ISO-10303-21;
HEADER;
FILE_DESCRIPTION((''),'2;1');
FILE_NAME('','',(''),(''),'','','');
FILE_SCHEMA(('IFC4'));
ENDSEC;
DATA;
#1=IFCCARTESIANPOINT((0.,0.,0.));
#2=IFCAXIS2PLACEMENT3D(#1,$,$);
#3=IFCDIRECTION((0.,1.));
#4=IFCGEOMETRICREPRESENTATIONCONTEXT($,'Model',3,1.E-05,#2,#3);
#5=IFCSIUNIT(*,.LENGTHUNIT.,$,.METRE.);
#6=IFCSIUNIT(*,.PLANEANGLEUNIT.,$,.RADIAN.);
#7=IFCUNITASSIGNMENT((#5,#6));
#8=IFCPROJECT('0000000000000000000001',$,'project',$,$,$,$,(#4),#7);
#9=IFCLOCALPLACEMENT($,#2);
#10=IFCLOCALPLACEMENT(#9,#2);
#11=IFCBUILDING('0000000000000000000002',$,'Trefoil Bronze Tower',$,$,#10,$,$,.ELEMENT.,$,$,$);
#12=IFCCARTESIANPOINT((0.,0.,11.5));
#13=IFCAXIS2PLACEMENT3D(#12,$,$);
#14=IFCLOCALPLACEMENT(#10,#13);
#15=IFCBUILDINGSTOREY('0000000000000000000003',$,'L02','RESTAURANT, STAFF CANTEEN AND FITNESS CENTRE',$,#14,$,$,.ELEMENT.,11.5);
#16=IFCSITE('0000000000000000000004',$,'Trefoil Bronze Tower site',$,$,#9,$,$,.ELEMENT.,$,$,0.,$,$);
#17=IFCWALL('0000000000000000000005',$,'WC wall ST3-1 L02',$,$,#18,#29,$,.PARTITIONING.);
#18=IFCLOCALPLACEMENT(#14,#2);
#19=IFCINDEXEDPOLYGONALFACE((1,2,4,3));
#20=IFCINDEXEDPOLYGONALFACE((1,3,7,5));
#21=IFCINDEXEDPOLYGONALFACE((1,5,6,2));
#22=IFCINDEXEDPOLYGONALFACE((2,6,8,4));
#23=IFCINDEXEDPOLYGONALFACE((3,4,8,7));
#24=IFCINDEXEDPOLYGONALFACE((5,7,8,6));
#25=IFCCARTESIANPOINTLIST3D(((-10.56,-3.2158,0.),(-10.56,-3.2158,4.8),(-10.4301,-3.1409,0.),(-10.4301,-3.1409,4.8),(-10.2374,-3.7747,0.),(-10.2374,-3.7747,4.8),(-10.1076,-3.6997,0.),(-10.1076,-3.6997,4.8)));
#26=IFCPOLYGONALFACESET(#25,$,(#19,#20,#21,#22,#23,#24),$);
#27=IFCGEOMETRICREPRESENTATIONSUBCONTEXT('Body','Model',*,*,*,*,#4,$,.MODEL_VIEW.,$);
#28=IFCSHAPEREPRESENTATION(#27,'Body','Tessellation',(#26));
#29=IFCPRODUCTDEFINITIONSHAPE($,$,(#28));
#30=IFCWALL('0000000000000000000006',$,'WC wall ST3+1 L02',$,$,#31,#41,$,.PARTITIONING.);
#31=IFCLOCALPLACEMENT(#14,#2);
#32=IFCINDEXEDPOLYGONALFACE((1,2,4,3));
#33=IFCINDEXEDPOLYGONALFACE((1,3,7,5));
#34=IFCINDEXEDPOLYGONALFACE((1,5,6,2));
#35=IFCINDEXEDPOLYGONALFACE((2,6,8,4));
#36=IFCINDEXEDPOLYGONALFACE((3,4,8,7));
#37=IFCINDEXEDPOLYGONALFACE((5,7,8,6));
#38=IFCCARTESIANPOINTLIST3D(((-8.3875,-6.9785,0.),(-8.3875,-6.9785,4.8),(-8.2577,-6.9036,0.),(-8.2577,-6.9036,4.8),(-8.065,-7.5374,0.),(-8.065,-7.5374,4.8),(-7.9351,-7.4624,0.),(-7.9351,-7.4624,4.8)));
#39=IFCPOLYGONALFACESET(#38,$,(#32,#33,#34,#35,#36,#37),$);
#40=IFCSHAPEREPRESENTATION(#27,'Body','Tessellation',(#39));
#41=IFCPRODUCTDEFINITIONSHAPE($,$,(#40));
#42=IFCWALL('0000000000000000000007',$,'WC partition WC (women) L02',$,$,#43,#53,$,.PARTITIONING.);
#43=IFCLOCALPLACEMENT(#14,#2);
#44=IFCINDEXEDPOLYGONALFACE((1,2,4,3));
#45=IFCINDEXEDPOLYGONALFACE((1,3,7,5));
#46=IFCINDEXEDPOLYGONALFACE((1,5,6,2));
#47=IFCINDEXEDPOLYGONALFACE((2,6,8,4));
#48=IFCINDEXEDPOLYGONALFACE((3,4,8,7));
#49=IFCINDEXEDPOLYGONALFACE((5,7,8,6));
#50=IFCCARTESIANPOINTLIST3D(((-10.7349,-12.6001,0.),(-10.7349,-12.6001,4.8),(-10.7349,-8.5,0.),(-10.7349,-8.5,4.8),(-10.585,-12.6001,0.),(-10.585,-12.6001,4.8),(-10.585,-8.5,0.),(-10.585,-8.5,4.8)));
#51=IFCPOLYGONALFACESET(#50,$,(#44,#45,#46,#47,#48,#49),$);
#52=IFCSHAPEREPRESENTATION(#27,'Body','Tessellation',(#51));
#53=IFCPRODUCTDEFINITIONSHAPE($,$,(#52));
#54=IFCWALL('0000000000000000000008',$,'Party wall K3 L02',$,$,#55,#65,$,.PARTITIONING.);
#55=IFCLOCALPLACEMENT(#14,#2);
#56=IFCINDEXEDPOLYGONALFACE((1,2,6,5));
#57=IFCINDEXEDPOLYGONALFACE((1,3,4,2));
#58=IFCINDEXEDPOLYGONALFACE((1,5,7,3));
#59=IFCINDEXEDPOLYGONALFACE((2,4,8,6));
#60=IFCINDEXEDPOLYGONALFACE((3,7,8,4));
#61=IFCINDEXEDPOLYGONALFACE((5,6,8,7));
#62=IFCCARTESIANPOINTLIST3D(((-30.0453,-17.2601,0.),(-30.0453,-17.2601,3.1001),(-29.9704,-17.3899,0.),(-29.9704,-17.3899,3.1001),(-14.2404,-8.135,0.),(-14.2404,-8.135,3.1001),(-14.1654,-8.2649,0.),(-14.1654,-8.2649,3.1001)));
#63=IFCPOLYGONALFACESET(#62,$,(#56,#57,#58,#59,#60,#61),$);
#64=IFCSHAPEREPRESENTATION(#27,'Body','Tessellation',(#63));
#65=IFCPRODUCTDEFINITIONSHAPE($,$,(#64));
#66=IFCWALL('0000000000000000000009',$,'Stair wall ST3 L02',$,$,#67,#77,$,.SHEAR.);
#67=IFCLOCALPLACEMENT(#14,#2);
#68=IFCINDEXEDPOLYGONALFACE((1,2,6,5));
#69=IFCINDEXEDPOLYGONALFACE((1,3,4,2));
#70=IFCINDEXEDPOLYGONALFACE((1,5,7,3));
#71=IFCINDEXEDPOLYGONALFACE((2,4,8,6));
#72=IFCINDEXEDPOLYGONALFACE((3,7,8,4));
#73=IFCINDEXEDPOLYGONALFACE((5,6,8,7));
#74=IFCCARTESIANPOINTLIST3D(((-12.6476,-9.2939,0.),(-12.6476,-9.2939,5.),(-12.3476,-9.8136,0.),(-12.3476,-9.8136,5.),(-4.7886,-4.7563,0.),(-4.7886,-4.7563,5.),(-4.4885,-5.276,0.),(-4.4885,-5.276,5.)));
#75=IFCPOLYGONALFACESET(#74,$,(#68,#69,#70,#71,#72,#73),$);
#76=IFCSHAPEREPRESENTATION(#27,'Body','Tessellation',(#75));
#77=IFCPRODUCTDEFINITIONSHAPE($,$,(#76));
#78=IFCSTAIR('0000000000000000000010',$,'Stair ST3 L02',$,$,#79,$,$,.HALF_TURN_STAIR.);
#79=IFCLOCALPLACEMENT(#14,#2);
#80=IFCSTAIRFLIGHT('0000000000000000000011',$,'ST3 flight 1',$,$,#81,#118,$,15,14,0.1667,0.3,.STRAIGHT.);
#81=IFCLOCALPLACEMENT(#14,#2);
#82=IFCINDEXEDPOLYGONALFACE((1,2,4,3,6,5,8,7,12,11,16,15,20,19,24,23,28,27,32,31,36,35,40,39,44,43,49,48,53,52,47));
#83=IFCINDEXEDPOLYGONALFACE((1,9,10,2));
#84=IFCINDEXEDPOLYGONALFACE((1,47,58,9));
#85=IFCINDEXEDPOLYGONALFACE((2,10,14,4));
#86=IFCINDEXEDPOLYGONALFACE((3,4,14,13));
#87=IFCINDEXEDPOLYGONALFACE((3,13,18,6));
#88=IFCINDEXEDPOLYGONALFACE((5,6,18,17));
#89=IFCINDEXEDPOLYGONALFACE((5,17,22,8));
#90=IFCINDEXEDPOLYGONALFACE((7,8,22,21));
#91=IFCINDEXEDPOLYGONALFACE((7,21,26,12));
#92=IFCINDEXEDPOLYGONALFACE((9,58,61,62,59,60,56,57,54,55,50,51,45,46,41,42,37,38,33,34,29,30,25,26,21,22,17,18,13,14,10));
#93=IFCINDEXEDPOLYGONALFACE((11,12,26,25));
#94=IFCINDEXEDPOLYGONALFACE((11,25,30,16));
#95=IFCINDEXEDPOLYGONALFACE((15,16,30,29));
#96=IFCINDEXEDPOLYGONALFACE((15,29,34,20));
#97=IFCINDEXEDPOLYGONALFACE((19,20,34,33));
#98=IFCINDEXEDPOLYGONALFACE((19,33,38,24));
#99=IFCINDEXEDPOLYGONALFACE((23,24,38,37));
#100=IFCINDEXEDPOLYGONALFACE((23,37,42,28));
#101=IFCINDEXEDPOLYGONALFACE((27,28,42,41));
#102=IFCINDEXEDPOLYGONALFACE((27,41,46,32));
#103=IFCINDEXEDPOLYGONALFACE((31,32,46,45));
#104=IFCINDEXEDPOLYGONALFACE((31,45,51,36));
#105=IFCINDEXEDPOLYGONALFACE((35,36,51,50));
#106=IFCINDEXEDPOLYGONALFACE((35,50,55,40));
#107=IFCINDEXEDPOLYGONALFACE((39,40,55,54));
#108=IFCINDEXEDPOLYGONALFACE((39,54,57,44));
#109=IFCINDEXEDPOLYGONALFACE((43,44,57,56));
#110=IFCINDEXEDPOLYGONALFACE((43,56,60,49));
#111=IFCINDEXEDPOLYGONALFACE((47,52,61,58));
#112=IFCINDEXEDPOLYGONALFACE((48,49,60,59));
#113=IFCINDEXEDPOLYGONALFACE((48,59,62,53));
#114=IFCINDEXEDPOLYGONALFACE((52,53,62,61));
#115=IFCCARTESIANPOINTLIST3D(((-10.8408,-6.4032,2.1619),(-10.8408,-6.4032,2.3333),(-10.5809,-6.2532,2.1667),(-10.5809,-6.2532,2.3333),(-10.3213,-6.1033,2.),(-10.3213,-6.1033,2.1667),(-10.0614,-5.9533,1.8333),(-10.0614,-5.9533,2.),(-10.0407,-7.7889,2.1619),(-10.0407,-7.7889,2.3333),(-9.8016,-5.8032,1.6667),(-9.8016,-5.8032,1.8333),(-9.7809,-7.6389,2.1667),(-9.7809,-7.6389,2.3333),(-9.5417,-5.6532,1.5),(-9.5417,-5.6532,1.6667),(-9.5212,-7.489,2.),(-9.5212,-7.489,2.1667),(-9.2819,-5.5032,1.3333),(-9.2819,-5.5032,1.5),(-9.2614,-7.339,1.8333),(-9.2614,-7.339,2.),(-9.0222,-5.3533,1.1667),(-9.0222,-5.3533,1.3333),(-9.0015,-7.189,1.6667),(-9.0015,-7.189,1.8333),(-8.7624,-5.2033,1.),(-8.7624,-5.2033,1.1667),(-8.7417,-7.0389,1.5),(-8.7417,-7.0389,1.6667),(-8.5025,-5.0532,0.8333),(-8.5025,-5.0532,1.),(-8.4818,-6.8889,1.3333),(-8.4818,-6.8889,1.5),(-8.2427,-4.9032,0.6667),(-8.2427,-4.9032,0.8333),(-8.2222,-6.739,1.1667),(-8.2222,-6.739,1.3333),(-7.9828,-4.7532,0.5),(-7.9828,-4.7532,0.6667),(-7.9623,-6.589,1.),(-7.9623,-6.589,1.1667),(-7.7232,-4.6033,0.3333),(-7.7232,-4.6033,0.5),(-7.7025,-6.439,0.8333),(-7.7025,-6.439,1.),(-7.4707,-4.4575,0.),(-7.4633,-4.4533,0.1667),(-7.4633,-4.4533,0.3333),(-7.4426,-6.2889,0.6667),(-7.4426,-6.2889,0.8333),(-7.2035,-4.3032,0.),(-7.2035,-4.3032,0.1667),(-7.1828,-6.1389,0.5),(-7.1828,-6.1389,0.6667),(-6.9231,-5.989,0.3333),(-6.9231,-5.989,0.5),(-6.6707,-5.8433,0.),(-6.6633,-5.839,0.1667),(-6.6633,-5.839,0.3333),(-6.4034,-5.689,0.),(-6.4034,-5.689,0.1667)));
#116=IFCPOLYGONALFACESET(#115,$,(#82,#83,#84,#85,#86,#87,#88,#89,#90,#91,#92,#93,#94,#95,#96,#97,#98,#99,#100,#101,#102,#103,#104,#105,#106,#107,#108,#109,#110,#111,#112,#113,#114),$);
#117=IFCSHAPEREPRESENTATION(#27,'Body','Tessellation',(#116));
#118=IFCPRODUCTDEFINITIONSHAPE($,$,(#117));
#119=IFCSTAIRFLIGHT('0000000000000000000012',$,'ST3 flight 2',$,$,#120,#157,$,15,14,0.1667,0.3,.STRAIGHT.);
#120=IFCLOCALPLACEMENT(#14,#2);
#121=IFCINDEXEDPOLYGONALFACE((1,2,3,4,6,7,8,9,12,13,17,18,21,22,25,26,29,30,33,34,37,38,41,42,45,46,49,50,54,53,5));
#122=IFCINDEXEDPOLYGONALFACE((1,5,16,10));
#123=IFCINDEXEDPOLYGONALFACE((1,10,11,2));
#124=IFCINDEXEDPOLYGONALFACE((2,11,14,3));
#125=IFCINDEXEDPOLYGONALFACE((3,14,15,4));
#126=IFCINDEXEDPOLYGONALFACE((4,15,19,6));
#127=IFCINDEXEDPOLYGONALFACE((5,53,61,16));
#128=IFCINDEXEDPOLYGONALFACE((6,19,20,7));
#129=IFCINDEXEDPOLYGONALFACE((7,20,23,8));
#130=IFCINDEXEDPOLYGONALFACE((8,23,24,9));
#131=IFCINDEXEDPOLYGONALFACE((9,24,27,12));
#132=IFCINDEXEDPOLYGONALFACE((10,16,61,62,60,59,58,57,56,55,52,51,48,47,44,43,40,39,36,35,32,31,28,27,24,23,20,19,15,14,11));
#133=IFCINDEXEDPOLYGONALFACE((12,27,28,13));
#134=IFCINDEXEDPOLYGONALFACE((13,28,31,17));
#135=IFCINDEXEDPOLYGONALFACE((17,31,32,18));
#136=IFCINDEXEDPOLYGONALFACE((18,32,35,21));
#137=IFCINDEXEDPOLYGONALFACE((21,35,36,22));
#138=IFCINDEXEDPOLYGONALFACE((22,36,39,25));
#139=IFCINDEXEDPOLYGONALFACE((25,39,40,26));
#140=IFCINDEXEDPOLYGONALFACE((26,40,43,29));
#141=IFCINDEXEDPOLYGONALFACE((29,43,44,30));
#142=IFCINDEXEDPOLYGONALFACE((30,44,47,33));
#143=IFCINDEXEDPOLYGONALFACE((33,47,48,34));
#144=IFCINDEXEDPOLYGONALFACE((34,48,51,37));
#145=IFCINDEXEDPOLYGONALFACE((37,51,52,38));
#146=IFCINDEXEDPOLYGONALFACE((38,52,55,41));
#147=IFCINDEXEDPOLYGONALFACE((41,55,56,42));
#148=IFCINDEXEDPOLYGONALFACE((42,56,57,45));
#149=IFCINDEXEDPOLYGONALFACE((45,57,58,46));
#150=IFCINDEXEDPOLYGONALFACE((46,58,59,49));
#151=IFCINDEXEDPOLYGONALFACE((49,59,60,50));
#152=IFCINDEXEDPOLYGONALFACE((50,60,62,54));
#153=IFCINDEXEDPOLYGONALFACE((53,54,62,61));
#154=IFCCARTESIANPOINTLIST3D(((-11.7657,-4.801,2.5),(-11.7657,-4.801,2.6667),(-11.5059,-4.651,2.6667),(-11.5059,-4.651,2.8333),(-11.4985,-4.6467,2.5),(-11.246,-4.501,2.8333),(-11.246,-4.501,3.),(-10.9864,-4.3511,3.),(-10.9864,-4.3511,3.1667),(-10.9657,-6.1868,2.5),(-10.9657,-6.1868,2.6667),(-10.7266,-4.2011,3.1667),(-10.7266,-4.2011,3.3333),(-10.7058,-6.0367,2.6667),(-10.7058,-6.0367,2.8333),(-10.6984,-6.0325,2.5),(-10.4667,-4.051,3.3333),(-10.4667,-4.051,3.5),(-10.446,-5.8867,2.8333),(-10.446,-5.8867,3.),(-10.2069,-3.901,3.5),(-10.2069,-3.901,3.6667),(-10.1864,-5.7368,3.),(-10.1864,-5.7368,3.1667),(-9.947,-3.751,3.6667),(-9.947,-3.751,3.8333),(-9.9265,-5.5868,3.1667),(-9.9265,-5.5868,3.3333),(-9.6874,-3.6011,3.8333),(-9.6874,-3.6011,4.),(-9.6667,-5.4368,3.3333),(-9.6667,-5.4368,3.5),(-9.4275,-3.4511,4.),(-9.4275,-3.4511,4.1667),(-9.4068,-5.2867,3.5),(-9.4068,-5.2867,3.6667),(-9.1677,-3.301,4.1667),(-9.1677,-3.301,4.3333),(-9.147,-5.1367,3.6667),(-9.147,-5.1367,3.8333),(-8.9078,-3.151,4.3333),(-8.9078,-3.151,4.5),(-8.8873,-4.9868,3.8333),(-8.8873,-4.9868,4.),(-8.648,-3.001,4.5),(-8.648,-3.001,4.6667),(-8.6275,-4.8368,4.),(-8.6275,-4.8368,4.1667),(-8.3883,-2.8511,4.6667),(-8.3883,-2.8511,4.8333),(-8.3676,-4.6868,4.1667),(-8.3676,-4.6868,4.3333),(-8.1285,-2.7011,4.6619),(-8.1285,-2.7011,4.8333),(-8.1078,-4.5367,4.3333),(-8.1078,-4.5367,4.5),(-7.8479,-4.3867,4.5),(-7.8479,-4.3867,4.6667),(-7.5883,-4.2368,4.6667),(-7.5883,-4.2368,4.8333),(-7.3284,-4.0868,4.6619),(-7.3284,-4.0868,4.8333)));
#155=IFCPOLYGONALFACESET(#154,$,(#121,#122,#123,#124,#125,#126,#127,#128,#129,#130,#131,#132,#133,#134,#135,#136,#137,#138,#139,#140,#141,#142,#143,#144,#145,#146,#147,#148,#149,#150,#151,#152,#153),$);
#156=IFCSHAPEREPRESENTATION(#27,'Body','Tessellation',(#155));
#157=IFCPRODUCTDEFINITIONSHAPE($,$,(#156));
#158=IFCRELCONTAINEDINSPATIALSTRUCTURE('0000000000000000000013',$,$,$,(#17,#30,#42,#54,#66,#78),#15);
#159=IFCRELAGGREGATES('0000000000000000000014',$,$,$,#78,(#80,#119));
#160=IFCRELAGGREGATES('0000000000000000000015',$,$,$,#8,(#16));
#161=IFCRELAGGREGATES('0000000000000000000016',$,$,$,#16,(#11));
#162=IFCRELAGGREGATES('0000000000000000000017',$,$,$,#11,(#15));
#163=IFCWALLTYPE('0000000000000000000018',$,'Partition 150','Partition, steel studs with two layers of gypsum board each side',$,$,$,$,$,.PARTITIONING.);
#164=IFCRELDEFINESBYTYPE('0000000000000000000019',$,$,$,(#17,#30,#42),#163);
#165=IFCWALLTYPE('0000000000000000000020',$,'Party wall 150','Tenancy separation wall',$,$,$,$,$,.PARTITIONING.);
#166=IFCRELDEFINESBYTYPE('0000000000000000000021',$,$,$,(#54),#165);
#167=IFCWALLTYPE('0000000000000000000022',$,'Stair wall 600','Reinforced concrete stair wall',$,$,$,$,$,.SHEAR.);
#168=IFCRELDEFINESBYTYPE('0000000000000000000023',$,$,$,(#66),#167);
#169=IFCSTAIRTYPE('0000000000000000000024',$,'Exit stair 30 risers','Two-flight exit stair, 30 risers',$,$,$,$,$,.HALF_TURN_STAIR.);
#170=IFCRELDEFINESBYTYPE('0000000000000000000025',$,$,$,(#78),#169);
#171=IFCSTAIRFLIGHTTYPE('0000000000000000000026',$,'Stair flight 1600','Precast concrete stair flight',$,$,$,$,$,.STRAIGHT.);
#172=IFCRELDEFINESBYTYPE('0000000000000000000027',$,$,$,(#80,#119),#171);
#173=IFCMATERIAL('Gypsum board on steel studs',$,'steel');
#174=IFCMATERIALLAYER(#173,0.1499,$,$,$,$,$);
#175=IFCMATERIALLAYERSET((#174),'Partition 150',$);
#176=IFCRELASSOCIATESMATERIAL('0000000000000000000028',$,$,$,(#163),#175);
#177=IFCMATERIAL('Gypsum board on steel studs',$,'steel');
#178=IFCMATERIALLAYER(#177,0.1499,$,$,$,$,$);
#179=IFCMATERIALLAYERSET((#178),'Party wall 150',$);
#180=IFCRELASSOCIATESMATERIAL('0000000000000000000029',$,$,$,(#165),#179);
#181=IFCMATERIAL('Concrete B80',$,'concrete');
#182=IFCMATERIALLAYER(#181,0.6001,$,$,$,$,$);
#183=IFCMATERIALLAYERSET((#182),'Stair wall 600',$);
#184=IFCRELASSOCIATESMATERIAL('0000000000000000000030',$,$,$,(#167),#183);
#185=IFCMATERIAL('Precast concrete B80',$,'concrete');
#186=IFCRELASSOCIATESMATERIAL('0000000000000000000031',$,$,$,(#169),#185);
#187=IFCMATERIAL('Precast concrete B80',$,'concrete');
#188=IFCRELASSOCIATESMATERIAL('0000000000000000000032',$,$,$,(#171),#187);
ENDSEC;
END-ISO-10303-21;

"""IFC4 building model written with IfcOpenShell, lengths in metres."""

from ifc_helpers import new_model, si_unit, direction, frame, frame_2d, origin, place, context, subcontext, project, spatial, polyline, rectangle, outline, extrude, material, layer, layer_set, type_object, element, aggregate, save


model = new_model("IFC4")

# Units and contexts
model_context = context("Model", 3, precision=1e-05, world=origin(), true_north=direction((0.0, 1.0)))
body_context = subcontext(model_context, "Body", "Model", "MODEL_VIEW")
ifc_project = project(units=[si_unit("LENGTHUNIT", "METRE"), si_unit("PLANEANGLEUNIT", "RADIAN")], contexts=[model_context])

# Site, building, storey
site_placement = place(None, origin())
site = spatial("IfcSite", under=ifc_project, at=site_placement, Name="Trefoil Bronze Tower site", CompositionType="ELEMENT", RefElevation=0.0)
building_placement = place(site_placement, origin())
building = spatial("IfcBuilding", under=site, at=building_placement, Name="Trefoil Bronze Tower", CompositionType="ELEMENT")
storey_placement = place(building_placement, frame((0.0, 0.0, 11.5)))
storey = spatial("IfcBuildingStorey", under=building, at=storey_placement, Name="L02", Description="RESTAURANT, STAFF CANTEEN AND FITNESS CENTRE", CompositionType="ELEMENT", Elevation=11.5)

# Shared definitions
ifc_material_1 = material(Name="Gypsum board on steel studs", Category="steel")
ifc_layer_1 = layer(ifc_material_1, 0.1499)
ifc_layer_set_1 = layer_set([ifc_layer_1], Name="Partition 150")
wall_type_1 = type_object("IfcWallType", Name="Partition 150", Description="Partition, steel studs with two layers of gypsum board each side", PredefinedType="PARTITIONING", material=ifc_layer_set_1)

# Walls
for number, where, z_axis, x_axis, name in (
    (1, (-10.4951, -3.1782, 0.0), (0.0, 0.0, 1.0), (0.499843, -0.866116, 0.0), "WC wall ST3-1 L02"),
    (2, (-8.0, -7.5, 0.0), (0.0, 0.0, 1.0), (-0.499843, 0.866116, 0.0), "WC wall ST3+1 L02"),
):
    element("IfcWall", number, at=place(storey_placement, frame(where, z_axis=z_axis, x_axis=x_axis)), inside=storey, type_object=wall_type_1, Name=name, PredefinedType="PARTITIONING", context=body_context, shape_type="SweptSolid", body=[
        extrude(rectangle(XDim=0.6453, YDim=0.1499, at=frame_2d((0.3228, 0.0))), origin(), (0.0, 0.0, 1.0), 4.8),
    ])
wall_1_placement = place(storey_placement, frame((-10.6599, -8.5, 0.0), z_axis=(0.0, 0.0, 1.0), x_axis=(0.0, -1.0, 0.0)))
element("IfcWall", 3, at=wall_1_placement, inside=storey, type_object=wall_type_1, Name="WC partition WC (women) L02", PredefinedType="PARTITIONING", context=body_context, shape_type="SweptSolid", body=[
    extrude(rectangle(XDim=4.1001, YDim=0.1499, at=frame_2d((2.05, 0.0))), origin(), (0.0, 0.0, 1.0), 4.8),
])
ifc_material_2 = material(Name="Gypsum board on steel studs", Category="steel")
ifc_layer_2 = layer(ifc_material_2, 0.1499)
ifc_layer_set_2 = layer_set([ifc_layer_2], Name="Party wall 150")
wall_type_2 = type_object("IfcWallType", Name="Party wall 150", Description="Tenancy separation wall", PredefinedType="PARTITIONING", material=ifc_layer_set_2)
wall_2_placement = place(storey_placement, frame((-14.2029, -8.2, 0.0), z_axis=(0.0, 0.0, 1.0), x_axis=(-0.866025, -0.500001, 0.0)))
element("IfcWall", 4, at=wall_2_placement, inside=storey, type_object=wall_type_2, Name="Party wall K3 L02", PredefinedType="PARTITIONING", context=body_context, shape_type="SweptSolid", body=[
    extrude(rectangle(XDim=18.25, YDim=0.1499, at=frame_2d((9.125, 0.0))), origin(), (0.0, 0.0, 1.0), 3.1001),
])
ifc_material_3 = material(Name="Concrete B80", Category="concrete")
ifc_layer_3 = layer(ifc_material_3, 0.6001)
ifc_layer_set_3 = layer_set([ifc_layer_3], Name="Stair wall 600")
wall_type_3 = type_object("IfcWallType", Name="Stair wall 600", Description="Reinforced concrete stair wall", PredefinedType="SHEAR", material=ifc_layer_set_3)
wall_3_placement = place(storey_placement, frame((-4.6384, -5.0161, 0.0), z_axis=(0.0, 0.0, 1.0), x_axis=(-0.866019, -0.50001, 0.0)))
element("IfcWall", 5, at=wall_3_placement, inside=storey, type_object=wall_type_3, Name="Stair wall ST3 L02", PredefinedType="SHEAR", context=body_context, shape_type="SweptSolid", body=[
    extrude(rectangle(XDim=9.075, YDim=0.6001, at=frame_2d((4.5376, 0.0))), origin(), (0.0, 0.0, 1.0), 5.0),
])

# Stair, stair flights
ifc_material_4 = material(Name="Precast concrete B80", Category="concrete")
stair_type = type_object("IfcStairType", Name="Exit stair 30 risers", Description="Two-flight exit stair, 30 risers", PredefinedType="HALF_TURN_STAIR", material=ifc_material_4)
stair_placement = place(storey_placement, origin())
stair = element("IfcStair", 6, at=stair_placement, inside=storey, type_object=stair_type, Name="Stair ST3 L02", PredefinedType="HALF_TURN_STAIR")
ifc_material_5 = material(Name="Precast concrete B80", Category="concrete")
stair_flight_type = type_object("IfcStairFlightType", Name="Stair flight 1600", Description="Precast concrete stair flight", PredefinedType="STRAIGHT", material=ifc_material_5)
stair_flight_1_placement = place(storey_placement, frame((-6.8035, -4.9961, 0.0), z_axis=(0.0, 0.0, 1.0), x_axis=(-0.866025, -0.5, 0.0)))
stair_flight_1 = element("IfcStairFlight", 7, at=stair_flight_1_placement, type_object=stair_flight_type, Name="ST3 flight 1", NumberOfRisers=15, NumberOfTreads=14, PredefinedType="STRAIGHT", RiserHeight=0.1667, TreadLength=0.3, context=body_context, shape_type="SweptSolid", body=[
    extrude(outline(polyline([(0.0, 0.0), (0.0, 0.1667), (0.3, 0.1667), (0.3, 0.3333), (0.6001, 0.3333), (0.6001, 0.5), (0.8999, 0.5), (0.8999, 0.6667), (1.2, 0.6667), (1.2, 0.8333), (1.5, 0.8333), (1.5, 1.0), (1.8, 1.0), (1.8, 1.1667), (2.1001, 1.1667), (2.1001, 1.3333), (2.3999, 1.3333), (2.3999, 1.5), (2.7, 1.5), (2.7, 1.6667), (3.0, 1.6667), (3.0, 1.8333), (3.3, 1.8333), (3.3, 2.0), (3.6001, 2.0), (3.6001, 2.1667), (3.8999, 2.1667), (3.8999, 2.3333), (4.2, 2.3333), (4.2, 2.5), (4.2, 2.1619), (0.3086, 0.0), (0.0, 0.0)])), frame((0.0, 0.8, 0.0), z_axis=(0.0, -1.0, 0.0), x_axis=(1.0, 0.0, 0.0)), (0.0, 0.0, 1.0), 1.6001),
])
stair_flight_2_placement = place(storey_placement, frame((-11.3657, -5.4939, 2.5), z_axis=(0.0, 0.0, 1.0), x_axis=(0.866025, 0.5, 0.0)))
stair_flight_2 = element("IfcStairFlight", 8, at=stair_flight_2_placement, type_object=stair_flight_type, Name="ST3 flight 2", NumberOfRisers=15, NumberOfTreads=14, PredefinedType="STRAIGHT", RiserHeight=0.1667, TreadLength=0.3, context=body_context, shape_type="SweptSolid", body=[
    extrude(outline(polyline([(0.0, 0.0), (0.0, 0.1667), (0.3, 0.1667), (0.3, 0.3333), (0.6001, 0.3333), (0.6001, 0.5), (0.8999, 0.5), (0.8999, 0.6667), (1.2, 0.6667), (1.2, 0.8333), (1.5, 0.8333), (1.5, 1.0), (1.8, 1.0), (1.8, 1.1667), (2.1001, 1.1667), (2.1001, 1.3333), (2.3999, 1.3333), (2.3999, 1.5), (2.7, 1.5), (2.7, 1.6667), (3.0, 1.6667), (3.0, 1.8333), (3.3, 1.8333), (3.3, 2.0), (3.6001, 2.0), (3.6001, 2.1667), (3.8999, 2.1667), (3.8999, 2.3333), (4.2, 2.3333), (4.2, 2.5), (4.2, 2.1619), (0.3086, 0.0), (0.0, 0.0)])), frame((0.0, 0.8, 0.0), z_axis=(0.0, -1.0, 0.0), x_axis=(1.0, 0.0, 0.0)), (0.0, 0.0, 1.0), 1.6001),
])
aggregate(stair, [stair_flight_1, stair_flight_2])

save(model, "model.ifc")
